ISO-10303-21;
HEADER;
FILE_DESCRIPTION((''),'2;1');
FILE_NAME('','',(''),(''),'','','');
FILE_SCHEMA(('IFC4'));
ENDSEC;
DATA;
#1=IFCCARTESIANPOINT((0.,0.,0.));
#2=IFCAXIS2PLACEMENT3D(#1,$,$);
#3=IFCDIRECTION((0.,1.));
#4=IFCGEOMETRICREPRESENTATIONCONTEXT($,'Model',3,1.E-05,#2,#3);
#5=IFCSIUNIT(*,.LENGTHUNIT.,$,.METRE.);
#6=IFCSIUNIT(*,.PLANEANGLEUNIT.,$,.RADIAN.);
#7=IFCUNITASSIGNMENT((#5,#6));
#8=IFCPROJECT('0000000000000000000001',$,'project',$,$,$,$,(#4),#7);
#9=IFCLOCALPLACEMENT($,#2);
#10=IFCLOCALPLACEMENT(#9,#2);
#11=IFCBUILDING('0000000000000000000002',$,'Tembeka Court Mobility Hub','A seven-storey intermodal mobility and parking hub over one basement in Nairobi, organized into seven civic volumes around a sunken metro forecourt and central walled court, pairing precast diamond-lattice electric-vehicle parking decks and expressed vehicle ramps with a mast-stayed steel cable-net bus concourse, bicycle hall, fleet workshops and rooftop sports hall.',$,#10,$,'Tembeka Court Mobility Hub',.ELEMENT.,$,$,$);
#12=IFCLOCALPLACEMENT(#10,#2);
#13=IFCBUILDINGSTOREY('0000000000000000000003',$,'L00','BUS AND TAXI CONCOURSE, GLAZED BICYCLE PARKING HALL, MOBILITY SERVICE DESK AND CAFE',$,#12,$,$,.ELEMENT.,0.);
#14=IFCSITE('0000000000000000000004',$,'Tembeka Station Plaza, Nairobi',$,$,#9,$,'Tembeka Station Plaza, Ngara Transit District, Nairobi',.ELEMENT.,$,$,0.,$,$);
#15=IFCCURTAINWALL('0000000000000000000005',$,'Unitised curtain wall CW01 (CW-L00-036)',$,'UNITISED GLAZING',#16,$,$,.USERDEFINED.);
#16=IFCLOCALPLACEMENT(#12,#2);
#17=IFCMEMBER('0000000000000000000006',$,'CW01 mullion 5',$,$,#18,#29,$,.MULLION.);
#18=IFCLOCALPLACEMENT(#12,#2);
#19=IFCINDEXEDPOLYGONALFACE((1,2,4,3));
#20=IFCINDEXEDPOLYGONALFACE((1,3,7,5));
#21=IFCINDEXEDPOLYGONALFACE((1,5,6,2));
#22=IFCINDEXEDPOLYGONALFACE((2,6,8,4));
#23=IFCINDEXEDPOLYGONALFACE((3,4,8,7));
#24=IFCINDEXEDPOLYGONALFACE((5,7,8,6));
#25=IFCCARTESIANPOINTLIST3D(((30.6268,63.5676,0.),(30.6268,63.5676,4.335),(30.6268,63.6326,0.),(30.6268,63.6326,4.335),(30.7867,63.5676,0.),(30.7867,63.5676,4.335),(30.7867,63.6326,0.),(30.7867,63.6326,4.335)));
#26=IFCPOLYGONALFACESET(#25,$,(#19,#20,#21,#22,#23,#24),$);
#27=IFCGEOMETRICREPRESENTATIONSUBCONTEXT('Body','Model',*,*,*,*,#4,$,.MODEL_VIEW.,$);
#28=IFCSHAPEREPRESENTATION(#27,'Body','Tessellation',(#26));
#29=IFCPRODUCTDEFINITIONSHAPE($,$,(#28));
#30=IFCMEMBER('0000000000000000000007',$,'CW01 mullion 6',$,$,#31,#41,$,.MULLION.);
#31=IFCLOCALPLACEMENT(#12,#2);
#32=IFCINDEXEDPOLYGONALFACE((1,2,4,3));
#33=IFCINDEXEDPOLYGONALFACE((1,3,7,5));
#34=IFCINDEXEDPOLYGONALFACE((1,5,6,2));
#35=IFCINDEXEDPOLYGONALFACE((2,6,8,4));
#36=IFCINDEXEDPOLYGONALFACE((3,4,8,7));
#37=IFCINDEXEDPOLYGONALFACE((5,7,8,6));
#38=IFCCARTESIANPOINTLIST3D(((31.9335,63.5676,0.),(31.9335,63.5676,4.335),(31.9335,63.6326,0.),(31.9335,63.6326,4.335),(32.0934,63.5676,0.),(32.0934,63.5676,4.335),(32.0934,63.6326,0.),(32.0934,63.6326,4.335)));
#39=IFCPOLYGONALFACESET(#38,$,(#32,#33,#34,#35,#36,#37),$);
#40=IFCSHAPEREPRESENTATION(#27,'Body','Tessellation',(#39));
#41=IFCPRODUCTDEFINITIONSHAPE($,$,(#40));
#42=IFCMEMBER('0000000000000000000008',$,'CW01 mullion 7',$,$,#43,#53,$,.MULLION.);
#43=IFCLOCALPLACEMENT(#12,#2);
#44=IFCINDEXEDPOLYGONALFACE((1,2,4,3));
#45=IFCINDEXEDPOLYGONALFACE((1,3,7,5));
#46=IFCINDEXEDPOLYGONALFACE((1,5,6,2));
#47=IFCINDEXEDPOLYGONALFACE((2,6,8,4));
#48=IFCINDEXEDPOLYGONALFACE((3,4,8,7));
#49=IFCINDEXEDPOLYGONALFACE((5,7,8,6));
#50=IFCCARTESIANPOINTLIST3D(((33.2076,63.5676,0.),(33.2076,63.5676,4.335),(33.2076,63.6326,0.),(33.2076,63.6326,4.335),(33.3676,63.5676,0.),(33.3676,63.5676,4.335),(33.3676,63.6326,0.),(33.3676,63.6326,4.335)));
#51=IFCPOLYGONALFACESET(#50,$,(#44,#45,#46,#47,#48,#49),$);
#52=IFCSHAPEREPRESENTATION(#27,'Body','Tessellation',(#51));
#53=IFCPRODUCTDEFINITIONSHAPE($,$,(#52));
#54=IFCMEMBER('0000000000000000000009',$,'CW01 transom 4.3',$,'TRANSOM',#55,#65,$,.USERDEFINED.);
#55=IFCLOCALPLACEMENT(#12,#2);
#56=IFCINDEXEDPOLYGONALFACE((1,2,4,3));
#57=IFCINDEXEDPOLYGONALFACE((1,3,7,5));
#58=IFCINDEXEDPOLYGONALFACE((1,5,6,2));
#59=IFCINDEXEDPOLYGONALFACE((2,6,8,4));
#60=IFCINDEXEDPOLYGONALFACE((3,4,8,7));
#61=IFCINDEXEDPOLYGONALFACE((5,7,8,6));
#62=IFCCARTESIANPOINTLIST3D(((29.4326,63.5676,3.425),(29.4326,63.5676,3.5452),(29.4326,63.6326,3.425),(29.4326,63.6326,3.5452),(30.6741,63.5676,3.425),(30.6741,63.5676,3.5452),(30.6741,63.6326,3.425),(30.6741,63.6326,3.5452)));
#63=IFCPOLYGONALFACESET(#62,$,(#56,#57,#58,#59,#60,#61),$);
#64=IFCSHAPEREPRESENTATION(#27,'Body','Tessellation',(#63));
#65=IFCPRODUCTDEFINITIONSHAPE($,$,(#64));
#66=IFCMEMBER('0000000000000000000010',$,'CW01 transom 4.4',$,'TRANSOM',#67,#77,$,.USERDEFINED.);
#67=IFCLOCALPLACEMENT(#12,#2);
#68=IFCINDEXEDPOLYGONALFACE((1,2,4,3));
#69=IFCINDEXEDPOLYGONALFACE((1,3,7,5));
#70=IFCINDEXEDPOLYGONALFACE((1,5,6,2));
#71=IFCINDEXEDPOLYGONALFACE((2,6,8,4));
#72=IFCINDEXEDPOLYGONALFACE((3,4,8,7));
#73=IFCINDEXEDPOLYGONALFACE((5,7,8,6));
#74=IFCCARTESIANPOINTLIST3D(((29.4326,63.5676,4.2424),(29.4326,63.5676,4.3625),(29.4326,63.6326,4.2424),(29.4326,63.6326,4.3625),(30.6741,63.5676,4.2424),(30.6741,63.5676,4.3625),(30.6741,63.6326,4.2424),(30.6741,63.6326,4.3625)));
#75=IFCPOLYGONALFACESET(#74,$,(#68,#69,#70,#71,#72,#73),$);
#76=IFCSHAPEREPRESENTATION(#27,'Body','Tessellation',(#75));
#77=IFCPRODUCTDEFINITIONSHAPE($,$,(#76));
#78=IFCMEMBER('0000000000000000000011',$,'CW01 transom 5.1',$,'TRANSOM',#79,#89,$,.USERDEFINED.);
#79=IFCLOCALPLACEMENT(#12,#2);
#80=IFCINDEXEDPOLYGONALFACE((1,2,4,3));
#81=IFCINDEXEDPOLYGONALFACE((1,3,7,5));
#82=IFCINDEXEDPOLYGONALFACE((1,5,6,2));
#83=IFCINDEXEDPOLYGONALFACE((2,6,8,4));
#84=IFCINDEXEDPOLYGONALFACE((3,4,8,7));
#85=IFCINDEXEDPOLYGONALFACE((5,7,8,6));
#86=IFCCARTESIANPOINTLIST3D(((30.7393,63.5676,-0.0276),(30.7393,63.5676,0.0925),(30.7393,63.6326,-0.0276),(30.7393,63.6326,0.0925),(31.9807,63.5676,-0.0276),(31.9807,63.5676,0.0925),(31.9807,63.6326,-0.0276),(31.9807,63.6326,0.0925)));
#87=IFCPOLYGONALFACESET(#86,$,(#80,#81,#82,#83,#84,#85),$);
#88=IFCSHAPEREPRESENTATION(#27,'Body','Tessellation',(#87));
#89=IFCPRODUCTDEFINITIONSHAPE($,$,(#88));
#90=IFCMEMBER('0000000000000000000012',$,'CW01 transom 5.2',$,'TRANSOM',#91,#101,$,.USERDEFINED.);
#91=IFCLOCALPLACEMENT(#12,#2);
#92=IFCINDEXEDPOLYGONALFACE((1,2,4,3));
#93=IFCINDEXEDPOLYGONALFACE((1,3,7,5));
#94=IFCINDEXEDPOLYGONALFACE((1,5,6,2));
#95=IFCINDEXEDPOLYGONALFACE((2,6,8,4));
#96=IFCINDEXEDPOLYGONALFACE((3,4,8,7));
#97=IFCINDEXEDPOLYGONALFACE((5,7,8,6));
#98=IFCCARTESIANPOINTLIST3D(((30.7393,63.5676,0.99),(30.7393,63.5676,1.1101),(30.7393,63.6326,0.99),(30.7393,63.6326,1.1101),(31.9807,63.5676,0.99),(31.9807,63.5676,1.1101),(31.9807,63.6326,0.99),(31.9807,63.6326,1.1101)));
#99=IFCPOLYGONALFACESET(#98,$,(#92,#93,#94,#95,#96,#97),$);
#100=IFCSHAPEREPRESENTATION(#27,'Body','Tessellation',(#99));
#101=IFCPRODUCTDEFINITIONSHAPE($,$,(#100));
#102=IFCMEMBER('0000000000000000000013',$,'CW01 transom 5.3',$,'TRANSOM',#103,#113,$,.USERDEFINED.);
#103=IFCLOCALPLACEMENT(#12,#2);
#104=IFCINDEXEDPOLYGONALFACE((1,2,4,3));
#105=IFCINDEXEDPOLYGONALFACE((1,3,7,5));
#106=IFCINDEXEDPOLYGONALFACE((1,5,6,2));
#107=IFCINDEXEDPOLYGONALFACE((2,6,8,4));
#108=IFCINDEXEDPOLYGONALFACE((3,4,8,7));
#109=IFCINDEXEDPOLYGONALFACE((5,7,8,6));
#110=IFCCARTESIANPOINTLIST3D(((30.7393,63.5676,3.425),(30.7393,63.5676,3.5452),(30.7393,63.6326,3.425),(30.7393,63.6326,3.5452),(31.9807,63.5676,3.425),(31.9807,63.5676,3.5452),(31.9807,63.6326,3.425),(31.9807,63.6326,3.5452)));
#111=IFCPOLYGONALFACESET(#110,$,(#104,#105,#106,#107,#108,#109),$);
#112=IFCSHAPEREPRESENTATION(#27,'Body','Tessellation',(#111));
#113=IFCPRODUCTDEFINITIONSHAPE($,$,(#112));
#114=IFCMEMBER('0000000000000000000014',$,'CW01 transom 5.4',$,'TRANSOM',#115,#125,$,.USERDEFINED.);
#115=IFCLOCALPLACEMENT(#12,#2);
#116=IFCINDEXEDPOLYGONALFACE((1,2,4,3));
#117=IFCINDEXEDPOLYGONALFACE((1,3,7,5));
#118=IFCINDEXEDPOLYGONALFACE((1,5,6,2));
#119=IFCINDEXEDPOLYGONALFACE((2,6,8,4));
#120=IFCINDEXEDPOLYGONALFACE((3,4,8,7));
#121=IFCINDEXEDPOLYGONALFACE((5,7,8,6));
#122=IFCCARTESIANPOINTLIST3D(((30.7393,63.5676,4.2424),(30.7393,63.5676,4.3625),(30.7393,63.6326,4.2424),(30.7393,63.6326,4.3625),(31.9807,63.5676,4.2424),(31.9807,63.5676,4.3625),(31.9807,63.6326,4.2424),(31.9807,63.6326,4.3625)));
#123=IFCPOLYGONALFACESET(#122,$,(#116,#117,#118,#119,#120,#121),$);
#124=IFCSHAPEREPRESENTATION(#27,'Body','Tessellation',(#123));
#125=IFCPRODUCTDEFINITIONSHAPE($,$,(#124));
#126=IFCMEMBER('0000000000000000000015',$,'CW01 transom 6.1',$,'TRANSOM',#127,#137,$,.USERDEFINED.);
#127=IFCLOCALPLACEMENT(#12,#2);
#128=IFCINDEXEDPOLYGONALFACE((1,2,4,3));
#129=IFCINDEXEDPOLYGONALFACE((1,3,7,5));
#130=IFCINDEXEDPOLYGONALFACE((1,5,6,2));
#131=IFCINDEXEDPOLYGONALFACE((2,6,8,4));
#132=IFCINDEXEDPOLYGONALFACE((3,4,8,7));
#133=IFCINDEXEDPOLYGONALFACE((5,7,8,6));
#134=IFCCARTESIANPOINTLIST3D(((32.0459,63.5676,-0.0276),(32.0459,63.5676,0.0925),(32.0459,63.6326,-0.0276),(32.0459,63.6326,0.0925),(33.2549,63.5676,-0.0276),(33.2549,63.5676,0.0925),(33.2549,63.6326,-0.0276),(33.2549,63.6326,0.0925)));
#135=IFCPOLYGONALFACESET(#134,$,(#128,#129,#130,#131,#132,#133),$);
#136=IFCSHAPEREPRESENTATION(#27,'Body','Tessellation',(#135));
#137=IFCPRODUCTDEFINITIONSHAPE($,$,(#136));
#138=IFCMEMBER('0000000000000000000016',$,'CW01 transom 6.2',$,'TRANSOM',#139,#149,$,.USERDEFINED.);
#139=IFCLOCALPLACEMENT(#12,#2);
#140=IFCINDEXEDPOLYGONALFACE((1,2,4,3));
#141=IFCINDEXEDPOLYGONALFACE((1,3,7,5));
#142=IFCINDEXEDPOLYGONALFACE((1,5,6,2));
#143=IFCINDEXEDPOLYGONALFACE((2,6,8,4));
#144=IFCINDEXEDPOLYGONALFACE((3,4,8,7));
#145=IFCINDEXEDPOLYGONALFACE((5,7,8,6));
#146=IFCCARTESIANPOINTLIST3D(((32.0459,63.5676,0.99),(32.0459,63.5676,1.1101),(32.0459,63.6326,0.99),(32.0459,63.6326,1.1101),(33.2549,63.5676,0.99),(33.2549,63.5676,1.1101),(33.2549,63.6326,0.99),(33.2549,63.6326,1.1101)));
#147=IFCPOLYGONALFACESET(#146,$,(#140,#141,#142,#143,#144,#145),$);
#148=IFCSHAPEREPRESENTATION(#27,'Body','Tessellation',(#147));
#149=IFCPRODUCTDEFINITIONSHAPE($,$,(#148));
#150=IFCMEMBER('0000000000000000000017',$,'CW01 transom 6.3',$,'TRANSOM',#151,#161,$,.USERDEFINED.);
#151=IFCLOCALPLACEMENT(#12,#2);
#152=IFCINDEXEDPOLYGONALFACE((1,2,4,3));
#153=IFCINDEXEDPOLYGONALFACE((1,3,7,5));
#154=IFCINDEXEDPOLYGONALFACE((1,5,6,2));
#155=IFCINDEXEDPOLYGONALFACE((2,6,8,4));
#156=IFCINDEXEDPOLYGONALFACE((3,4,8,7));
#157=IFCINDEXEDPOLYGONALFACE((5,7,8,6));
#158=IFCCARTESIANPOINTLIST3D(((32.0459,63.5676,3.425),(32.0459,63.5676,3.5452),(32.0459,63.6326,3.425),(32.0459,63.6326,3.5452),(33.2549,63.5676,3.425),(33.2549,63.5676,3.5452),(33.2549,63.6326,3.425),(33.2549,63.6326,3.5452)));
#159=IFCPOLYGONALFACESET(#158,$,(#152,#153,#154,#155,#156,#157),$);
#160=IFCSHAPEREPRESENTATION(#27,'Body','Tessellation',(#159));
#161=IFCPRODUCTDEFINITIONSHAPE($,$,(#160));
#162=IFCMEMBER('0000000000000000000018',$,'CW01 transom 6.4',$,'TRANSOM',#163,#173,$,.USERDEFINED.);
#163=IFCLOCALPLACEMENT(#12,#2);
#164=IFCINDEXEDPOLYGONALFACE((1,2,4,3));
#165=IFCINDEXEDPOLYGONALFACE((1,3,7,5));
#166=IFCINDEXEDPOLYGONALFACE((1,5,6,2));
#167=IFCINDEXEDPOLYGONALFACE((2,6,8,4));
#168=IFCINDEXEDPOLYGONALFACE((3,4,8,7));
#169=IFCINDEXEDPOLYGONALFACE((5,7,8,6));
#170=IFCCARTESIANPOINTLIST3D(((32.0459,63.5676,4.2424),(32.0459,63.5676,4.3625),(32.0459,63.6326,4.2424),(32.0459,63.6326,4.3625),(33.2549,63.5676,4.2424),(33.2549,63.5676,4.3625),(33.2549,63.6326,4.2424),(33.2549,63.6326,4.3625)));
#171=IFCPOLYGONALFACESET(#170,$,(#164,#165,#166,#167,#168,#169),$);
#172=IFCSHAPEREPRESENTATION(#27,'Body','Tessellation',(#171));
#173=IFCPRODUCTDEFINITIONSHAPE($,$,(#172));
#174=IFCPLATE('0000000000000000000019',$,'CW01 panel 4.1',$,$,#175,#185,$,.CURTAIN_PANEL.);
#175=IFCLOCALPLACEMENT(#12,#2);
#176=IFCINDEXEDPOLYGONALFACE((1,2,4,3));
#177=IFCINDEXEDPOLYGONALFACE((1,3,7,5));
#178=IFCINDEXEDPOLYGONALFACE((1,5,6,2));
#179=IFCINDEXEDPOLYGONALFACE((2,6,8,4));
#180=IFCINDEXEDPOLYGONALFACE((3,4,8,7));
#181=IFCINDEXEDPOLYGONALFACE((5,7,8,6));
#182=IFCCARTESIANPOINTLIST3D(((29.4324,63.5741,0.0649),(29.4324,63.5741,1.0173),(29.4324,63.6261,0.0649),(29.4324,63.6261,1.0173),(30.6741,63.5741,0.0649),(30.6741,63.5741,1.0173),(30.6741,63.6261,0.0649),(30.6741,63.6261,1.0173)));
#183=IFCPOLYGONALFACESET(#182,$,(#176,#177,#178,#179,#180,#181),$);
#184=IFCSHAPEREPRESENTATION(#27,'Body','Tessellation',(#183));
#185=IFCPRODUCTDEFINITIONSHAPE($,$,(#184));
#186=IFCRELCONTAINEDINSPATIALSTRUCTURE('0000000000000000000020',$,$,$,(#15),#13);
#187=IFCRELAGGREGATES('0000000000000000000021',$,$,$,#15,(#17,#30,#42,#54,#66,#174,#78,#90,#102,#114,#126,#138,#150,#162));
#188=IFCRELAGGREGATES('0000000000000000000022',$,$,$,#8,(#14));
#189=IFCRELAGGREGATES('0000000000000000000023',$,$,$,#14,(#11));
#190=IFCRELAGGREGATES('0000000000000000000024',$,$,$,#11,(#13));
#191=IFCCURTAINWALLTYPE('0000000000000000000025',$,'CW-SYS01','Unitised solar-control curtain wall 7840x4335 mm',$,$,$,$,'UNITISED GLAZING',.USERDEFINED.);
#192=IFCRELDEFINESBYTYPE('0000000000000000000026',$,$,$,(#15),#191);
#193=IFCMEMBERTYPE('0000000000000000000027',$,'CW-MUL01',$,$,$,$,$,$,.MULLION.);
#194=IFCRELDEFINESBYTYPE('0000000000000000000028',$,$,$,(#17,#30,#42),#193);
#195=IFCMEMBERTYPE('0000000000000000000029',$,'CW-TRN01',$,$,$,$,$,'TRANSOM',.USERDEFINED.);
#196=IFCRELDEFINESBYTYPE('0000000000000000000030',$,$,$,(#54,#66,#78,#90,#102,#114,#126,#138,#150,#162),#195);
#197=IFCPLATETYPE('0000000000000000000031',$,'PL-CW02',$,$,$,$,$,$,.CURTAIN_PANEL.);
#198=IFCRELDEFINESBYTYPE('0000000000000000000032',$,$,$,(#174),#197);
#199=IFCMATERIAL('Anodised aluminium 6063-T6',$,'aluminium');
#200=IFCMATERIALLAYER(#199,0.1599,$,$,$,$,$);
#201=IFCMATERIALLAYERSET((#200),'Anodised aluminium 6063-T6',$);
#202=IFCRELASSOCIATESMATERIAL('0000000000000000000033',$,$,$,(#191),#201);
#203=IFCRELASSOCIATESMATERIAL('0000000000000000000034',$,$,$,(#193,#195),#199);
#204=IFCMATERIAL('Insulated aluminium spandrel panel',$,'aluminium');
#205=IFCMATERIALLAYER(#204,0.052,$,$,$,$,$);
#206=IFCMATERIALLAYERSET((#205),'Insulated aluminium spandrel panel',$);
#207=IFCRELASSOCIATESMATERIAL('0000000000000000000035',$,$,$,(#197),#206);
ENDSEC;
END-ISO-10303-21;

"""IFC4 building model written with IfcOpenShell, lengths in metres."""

from ifc_helpers import new_model, si_unit, direction, frame, origin, origin_2d, place, context, subcontext, project, spatial, rectangle, extrude, material, layer, layer_set, material_profile, profile_set, type_object, element, aggregate, save


model = new_model("IFC4")

# Units and contexts
model_context = context("Model", 3, precision=1e-05, world=origin(), true_north=direction((0.0, 1.0)))
body_context = subcontext(model_context, "Body", "Model", "MODEL_VIEW")
ifc_project = project(units=[si_unit("LENGTHUNIT", "METRE"), si_unit("PLANEANGLEUNIT", "RADIAN")], contexts=[model_context])

# Site, building, storey
site_placement = place(None, origin())
site = spatial("IfcSite", under=ifc_project, at=site_placement, Name="Tembeka Station Plaza, Nairobi", LongName="Tembeka Station Plaza, Ngara Transit District, Nairobi", CompositionType="ELEMENT", RefElevation=0.0)
building_placement = place(site_placement, origin())
building = spatial("IfcBuilding", under=site, at=building_placement, Name="Tembeka Court Mobility Hub", Description="A seven-storey intermodal mobility and parking hub over one basement in Nairobi, organized into seven civic volumes around a sunken metro forecourt and central walled court, pairing precast diamond-lattice electric-vehicle parking decks and expressed vehicle ramps with a mast-stayed steel cable-net bus concourse, bicycle hall, fleet workshops and rooftop sports hall.", LongName="Tembeka Court Mobility Hub", CompositionType="ELEMENT")
storey_placement = place(building_placement, origin())
storey = spatial("IfcBuildingStorey", under=building, at=storey_placement, Name="L00", Description="BUS AND TAXI CONCOURSE, GLAZED BICYCLE PARKING HALL, MOBILITY SERVICE DESK AND CAFE", CompositionType="ELEMENT", Elevation=0.0)

# Curtain wall, members, plate
ifc_material_1 = material(Name="Anodised aluminium 6063-T6", Category="aluminium")
ifc_layer_1 = layer(ifc_material_1, 0.1599)
ifc_layer_set_1 = layer_set([ifc_layer_1], Name="Anodised aluminium 6063-T6")
curtain_wall_type = type_object("IfcCurtainWallType", Name="CW-SYS01", Description="Unitised solar-control curtain wall 7840x4335 mm", ElementType="UNITISED GLAZING", PredefinedType="USERDEFINED", material=ifc_layer_set_1)
curtain_wall_placement = place(storey_placement, origin())
curtain_wall = element("IfcCurtainWall", 1, at=curtain_wall_placement, inside=storey, type_object=curtain_wall_type, Name="Unitised curtain wall CW01 (CW-L00-036)", ObjectType="UNITISED GLAZING", PredefinedType="USERDEFINED")
ifc_material_profile_1 = material_profile(ifc_material_1, rectangle(XDim=0.0649, YDim=0.1599, at=origin_2d()), Name="ALU-MUL 65x160")
ifc_profile_set_1 = profile_set([ifc_material_profile_1], Name="Anodised aluminium 6063-T6")
member_type_1 = type_object("IfcMemberType", Name="CW-MUL01", PredefinedType="MULLION", material=ifc_profile_set_1)
member_1_placement = place(storey_placement, frame((30.7068, 63.6001, 0.0), z_axis=(0.0, 0.0, 1.0), x_axis=(0.0, 1.0, 0.0)))
member_1 = element("IfcMember", 2, at=member_1_placement, type_object=member_type_1, Name="CW01 mullion 5", PredefinedType="MULLION", context=body_context, shape_type="SweptSolid", body=[
    extrude(rectangle(XDim=0.0649, YDim=0.1599, at=origin_2d()), origin(), (0.0, 0.0, 1.0), 4.335),
])
member_2_placement = place(storey_placement, frame((32.0134, 63.6001, 0.0), z_axis=(0.0, 0.0, 1.0), x_axis=(0.0, 1.0, 0.0)))
member_2 = element("IfcMember", 3, at=member_2_placement, type_object=member_type_1, Name="CW01 mullion 6", PredefinedType="MULLION", context=body_context, shape_type="SweptSolid", body=[
    extrude(rectangle(XDim=0.0649, YDim=0.1599, at=origin_2d()), origin(), (0.0, 0.0, 1.0), 4.335),
])
member_3_placement = place(storey_placement, frame((33.2876, 63.6001, 0.0), z_axis=(0.0, 0.0, 1.0), x_axis=(0.0, 1.0, 0.0)))
member_3 = element("IfcMember", 4, at=member_3_placement, type_object=member_type_1, Name="CW01 mullion 7", PredefinedType="MULLION", context=body_context, shape_type="SweptSolid", body=[
    extrude(rectangle(XDim=0.0649, YDim=0.1599, at=origin_2d()), origin(), (0.0, 0.0, 1.0), 4.335),
])
ifc_material_profile_2 = material_profile(ifc_material_1, rectangle(XDim=0.0649, YDim=0.1201, at=origin_2d()), Name="ALU-TRN 65x120")
ifc_profile_set_2 = profile_set([ifc_material_profile_2], Name="Anodised aluminium 6063-T6")
member_type_2 = type_object("IfcMemberType", Name="CW-TRN01", ElementType="TRANSOM", PredefinedType="USERDEFINED", material=ifc_profile_set_2)
member_4_placement = place(storey_placement, frame((29.4326, 63.6001, 3.4851), z_axis=(1.0, 0.0, 0.0), x_axis=(0.0, 1.0, 0.0)))
member_4 = element("IfcMember", 5, at=member_4_placement, type_object=member_type_2, Name="CW01 transom 4.3", ObjectType="TRANSOM", PredefinedType="USERDEFINED", context=body_context, shape_type="SweptSolid", body=[
    extrude(rectangle(XDim=0.0649, YDim=0.1201, at=origin_2d()), origin(), (0.0, 0.0, 1.0), 1.2415),
])
member_5_placement = place(storey_placement, frame((29.4326, 63.6001, 4.3025), z_axis=(1.0, 0.0, 0.0), x_axis=(0.0, 1.0, 0.0)))
member_5 = element("IfcMember", 6, at=member_5_placement, type_object=member_type_2, Name="CW01 transom 4.4", ObjectType="TRANSOM", PredefinedType="USERDEFINED", context=body_context, shape_type="SweptSolid", body=[
    extrude(rectangle(XDim=0.0649, YDim=0.1201, at=origin_2d()), origin(), (0.0, 0.0, 1.0), 1.2415),
])
member_6_placement = place(storey_placement, frame((30.7393, 63.6001, 0.0325), z_axis=(1.0, 0.0, 0.0), x_axis=(0.0, 1.0, 0.0)))
member_6 = element("IfcMember", 7, at=member_6_placement, type_object=member_type_2, Name="CW01 transom 5.1", ObjectType="TRANSOM", PredefinedType="USERDEFINED", context=body_context, shape_type="SweptSolid", body=[
    extrude(rectangle(XDim=0.0649, YDim=0.1201, at=origin_2d()), origin(), (0.0, 0.0, 1.0), 1.2415),
])
member_7_placement = place(storey_placement, frame((30.7393, 63.6001, 1.05), z_axis=(1.0, 0.0, 0.0), x_axis=(0.0, 1.0, 0.0)))
member_7 = element("IfcMember", 8, at=member_7_placement, type_object=member_type_2, Name="CW01 transom 5.2", ObjectType="TRANSOM", PredefinedType="USERDEFINED", context=body_context, shape_type="SweptSolid", body=[
    extrude(rectangle(XDim=0.0649, YDim=0.1201, at=origin_2d()), origin(), (0.0, 0.0, 1.0), 1.2415),
])
member_8_placement = place(storey_placement, frame((30.7393, 63.6001, 3.4851), z_axis=(1.0, 0.0, 0.0), x_axis=(0.0, 1.0, 0.0)))
member_8 = element("IfcMember", 9, at=member_8_placement, type_object=member_type_2, Name="CW01 transom 5.3", ObjectType="TRANSOM", PredefinedType="USERDEFINED", context=body_context, shape_type="SweptSolid", body=[
    extrude(rectangle(XDim=0.0649, YDim=0.1201, at=origin_2d()), origin(), (0.0, 0.0, 1.0), 1.2415),
])
member_9_placement = place(storey_placement, frame((30.7393, 63.6001, 4.3025), z_axis=(1.0, 0.0, 0.0), x_axis=(0.0, 1.0, 0.0)))
member_9 = element("IfcMember", 10, at=member_9_placement, type_object=member_type_2, Name="CW01 transom 5.4", ObjectType="TRANSOM", PredefinedType="USERDEFINED", context=body_context, shape_type="SweptSolid", body=[
    extrude(rectangle(XDim=0.0649, YDim=0.1201, at=origin_2d()), origin(), (0.0, 0.0, 1.0), 1.2415),
])
member_10_placement = place(storey_placement, frame((32.0459, 63.6001, 0.0325), z_axis=(1.0, 0.0, 0.0), x_axis=(0.0, 1.0, 0.0)))
member_10 = element("IfcMember", 11, at=member_10_placement, type_object=member_type_2, Name="CW01 transom 6.1", ObjectType="TRANSOM", PredefinedType="USERDEFINED", context=body_context, shape_type="SweptSolid", body=[
    extrude(rectangle(XDim=0.0649, YDim=0.1201, at=origin_2d()), origin(), (0.0, 0.0, 1.0), 1.209),
])
member_11_placement = place(storey_placement, frame((32.0459, 63.6001, 1.05), z_axis=(1.0, 0.0, 0.0), x_axis=(0.0, 1.0, 0.0)))
member_11 = element("IfcMember", 12, at=member_11_placement, type_object=member_type_2, Name="CW01 transom 6.2", ObjectType="TRANSOM", PredefinedType="USERDEFINED", context=body_context, shape_type="SweptSolid", body=[
    extrude(rectangle(XDim=0.0649, YDim=0.1201, at=origin_2d()), origin(), (0.0, 0.0, 1.0), 1.209),
])
member_12_placement = place(storey_placement, frame((32.0459, 63.6001, 3.4851), z_axis=(1.0, 0.0, 0.0), x_axis=(0.0, 1.0, 0.0)))
member_12 = element("IfcMember", 13, at=member_12_placement, type_object=member_type_2, Name="CW01 transom 6.3", ObjectType="TRANSOM", PredefinedType="USERDEFINED", context=body_context, shape_type="SweptSolid", body=[
    extrude(rectangle(XDim=0.0649, YDim=0.1201, at=origin_2d()), origin(), (0.0, 0.0, 1.0), 1.209),
])
member_13_placement = place(storey_placement, frame((32.0459, 63.6001, 4.3025), z_axis=(1.0, 0.0, 0.0), x_axis=(0.0, 1.0, 0.0)))
member_13 = element("IfcMember", 14, at=member_13_placement, type_object=member_type_2, Name="CW01 transom 6.4", ObjectType="TRANSOM", PredefinedType="USERDEFINED", context=body_context, shape_type="SweptSolid", body=[
    extrude(rectangle(XDim=0.0649, YDim=0.1201, at=origin_2d()), origin(), (0.0, 0.0, 1.0), 1.209),
])
ifc_material_2 = material(Name="Insulated aluminium spandrel panel", Category="aluminium")
ifc_layer_2 = layer(ifc_material_2, 0.052)
ifc_layer_set_2 = layer_set([ifc_layer_2], Name="Insulated aluminium spandrel panel")
plate_type = type_object("IfcPlateType", Name="PL-CW02", PredefinedType="CURTAIN_PANEL", material=ifc_layer_set_2)
plate_1_placement = place(storey_placement, frame((30.0532, 63.6001, 0.0649), z_axis=(0.0, 0.0, 1.0), x_axis=(1.0, 0.0, 0.0)))
plate_1 = element("IfcPlate", 15, at=plate_1_placement, type_object=plate_type, Name="CW01 panel 4.1", PredefinedType="CURTAIN_PANEL", context=body_context, shape_type="SweptSolid", body=[
    extrude(rectangle(XDim=1.2417, YDim=0.052, at=origin_2d()), origin(), (0.0, 0.0, 1.0), 0.9524),
])
aggregate(curtain_wall, [member_1, member_2, member_3, member_4, member_5, plate_1, member_6, member_7, member_8, member_9, member_10, member_11, member_12, member_13])

save(model, "model.ifc")
